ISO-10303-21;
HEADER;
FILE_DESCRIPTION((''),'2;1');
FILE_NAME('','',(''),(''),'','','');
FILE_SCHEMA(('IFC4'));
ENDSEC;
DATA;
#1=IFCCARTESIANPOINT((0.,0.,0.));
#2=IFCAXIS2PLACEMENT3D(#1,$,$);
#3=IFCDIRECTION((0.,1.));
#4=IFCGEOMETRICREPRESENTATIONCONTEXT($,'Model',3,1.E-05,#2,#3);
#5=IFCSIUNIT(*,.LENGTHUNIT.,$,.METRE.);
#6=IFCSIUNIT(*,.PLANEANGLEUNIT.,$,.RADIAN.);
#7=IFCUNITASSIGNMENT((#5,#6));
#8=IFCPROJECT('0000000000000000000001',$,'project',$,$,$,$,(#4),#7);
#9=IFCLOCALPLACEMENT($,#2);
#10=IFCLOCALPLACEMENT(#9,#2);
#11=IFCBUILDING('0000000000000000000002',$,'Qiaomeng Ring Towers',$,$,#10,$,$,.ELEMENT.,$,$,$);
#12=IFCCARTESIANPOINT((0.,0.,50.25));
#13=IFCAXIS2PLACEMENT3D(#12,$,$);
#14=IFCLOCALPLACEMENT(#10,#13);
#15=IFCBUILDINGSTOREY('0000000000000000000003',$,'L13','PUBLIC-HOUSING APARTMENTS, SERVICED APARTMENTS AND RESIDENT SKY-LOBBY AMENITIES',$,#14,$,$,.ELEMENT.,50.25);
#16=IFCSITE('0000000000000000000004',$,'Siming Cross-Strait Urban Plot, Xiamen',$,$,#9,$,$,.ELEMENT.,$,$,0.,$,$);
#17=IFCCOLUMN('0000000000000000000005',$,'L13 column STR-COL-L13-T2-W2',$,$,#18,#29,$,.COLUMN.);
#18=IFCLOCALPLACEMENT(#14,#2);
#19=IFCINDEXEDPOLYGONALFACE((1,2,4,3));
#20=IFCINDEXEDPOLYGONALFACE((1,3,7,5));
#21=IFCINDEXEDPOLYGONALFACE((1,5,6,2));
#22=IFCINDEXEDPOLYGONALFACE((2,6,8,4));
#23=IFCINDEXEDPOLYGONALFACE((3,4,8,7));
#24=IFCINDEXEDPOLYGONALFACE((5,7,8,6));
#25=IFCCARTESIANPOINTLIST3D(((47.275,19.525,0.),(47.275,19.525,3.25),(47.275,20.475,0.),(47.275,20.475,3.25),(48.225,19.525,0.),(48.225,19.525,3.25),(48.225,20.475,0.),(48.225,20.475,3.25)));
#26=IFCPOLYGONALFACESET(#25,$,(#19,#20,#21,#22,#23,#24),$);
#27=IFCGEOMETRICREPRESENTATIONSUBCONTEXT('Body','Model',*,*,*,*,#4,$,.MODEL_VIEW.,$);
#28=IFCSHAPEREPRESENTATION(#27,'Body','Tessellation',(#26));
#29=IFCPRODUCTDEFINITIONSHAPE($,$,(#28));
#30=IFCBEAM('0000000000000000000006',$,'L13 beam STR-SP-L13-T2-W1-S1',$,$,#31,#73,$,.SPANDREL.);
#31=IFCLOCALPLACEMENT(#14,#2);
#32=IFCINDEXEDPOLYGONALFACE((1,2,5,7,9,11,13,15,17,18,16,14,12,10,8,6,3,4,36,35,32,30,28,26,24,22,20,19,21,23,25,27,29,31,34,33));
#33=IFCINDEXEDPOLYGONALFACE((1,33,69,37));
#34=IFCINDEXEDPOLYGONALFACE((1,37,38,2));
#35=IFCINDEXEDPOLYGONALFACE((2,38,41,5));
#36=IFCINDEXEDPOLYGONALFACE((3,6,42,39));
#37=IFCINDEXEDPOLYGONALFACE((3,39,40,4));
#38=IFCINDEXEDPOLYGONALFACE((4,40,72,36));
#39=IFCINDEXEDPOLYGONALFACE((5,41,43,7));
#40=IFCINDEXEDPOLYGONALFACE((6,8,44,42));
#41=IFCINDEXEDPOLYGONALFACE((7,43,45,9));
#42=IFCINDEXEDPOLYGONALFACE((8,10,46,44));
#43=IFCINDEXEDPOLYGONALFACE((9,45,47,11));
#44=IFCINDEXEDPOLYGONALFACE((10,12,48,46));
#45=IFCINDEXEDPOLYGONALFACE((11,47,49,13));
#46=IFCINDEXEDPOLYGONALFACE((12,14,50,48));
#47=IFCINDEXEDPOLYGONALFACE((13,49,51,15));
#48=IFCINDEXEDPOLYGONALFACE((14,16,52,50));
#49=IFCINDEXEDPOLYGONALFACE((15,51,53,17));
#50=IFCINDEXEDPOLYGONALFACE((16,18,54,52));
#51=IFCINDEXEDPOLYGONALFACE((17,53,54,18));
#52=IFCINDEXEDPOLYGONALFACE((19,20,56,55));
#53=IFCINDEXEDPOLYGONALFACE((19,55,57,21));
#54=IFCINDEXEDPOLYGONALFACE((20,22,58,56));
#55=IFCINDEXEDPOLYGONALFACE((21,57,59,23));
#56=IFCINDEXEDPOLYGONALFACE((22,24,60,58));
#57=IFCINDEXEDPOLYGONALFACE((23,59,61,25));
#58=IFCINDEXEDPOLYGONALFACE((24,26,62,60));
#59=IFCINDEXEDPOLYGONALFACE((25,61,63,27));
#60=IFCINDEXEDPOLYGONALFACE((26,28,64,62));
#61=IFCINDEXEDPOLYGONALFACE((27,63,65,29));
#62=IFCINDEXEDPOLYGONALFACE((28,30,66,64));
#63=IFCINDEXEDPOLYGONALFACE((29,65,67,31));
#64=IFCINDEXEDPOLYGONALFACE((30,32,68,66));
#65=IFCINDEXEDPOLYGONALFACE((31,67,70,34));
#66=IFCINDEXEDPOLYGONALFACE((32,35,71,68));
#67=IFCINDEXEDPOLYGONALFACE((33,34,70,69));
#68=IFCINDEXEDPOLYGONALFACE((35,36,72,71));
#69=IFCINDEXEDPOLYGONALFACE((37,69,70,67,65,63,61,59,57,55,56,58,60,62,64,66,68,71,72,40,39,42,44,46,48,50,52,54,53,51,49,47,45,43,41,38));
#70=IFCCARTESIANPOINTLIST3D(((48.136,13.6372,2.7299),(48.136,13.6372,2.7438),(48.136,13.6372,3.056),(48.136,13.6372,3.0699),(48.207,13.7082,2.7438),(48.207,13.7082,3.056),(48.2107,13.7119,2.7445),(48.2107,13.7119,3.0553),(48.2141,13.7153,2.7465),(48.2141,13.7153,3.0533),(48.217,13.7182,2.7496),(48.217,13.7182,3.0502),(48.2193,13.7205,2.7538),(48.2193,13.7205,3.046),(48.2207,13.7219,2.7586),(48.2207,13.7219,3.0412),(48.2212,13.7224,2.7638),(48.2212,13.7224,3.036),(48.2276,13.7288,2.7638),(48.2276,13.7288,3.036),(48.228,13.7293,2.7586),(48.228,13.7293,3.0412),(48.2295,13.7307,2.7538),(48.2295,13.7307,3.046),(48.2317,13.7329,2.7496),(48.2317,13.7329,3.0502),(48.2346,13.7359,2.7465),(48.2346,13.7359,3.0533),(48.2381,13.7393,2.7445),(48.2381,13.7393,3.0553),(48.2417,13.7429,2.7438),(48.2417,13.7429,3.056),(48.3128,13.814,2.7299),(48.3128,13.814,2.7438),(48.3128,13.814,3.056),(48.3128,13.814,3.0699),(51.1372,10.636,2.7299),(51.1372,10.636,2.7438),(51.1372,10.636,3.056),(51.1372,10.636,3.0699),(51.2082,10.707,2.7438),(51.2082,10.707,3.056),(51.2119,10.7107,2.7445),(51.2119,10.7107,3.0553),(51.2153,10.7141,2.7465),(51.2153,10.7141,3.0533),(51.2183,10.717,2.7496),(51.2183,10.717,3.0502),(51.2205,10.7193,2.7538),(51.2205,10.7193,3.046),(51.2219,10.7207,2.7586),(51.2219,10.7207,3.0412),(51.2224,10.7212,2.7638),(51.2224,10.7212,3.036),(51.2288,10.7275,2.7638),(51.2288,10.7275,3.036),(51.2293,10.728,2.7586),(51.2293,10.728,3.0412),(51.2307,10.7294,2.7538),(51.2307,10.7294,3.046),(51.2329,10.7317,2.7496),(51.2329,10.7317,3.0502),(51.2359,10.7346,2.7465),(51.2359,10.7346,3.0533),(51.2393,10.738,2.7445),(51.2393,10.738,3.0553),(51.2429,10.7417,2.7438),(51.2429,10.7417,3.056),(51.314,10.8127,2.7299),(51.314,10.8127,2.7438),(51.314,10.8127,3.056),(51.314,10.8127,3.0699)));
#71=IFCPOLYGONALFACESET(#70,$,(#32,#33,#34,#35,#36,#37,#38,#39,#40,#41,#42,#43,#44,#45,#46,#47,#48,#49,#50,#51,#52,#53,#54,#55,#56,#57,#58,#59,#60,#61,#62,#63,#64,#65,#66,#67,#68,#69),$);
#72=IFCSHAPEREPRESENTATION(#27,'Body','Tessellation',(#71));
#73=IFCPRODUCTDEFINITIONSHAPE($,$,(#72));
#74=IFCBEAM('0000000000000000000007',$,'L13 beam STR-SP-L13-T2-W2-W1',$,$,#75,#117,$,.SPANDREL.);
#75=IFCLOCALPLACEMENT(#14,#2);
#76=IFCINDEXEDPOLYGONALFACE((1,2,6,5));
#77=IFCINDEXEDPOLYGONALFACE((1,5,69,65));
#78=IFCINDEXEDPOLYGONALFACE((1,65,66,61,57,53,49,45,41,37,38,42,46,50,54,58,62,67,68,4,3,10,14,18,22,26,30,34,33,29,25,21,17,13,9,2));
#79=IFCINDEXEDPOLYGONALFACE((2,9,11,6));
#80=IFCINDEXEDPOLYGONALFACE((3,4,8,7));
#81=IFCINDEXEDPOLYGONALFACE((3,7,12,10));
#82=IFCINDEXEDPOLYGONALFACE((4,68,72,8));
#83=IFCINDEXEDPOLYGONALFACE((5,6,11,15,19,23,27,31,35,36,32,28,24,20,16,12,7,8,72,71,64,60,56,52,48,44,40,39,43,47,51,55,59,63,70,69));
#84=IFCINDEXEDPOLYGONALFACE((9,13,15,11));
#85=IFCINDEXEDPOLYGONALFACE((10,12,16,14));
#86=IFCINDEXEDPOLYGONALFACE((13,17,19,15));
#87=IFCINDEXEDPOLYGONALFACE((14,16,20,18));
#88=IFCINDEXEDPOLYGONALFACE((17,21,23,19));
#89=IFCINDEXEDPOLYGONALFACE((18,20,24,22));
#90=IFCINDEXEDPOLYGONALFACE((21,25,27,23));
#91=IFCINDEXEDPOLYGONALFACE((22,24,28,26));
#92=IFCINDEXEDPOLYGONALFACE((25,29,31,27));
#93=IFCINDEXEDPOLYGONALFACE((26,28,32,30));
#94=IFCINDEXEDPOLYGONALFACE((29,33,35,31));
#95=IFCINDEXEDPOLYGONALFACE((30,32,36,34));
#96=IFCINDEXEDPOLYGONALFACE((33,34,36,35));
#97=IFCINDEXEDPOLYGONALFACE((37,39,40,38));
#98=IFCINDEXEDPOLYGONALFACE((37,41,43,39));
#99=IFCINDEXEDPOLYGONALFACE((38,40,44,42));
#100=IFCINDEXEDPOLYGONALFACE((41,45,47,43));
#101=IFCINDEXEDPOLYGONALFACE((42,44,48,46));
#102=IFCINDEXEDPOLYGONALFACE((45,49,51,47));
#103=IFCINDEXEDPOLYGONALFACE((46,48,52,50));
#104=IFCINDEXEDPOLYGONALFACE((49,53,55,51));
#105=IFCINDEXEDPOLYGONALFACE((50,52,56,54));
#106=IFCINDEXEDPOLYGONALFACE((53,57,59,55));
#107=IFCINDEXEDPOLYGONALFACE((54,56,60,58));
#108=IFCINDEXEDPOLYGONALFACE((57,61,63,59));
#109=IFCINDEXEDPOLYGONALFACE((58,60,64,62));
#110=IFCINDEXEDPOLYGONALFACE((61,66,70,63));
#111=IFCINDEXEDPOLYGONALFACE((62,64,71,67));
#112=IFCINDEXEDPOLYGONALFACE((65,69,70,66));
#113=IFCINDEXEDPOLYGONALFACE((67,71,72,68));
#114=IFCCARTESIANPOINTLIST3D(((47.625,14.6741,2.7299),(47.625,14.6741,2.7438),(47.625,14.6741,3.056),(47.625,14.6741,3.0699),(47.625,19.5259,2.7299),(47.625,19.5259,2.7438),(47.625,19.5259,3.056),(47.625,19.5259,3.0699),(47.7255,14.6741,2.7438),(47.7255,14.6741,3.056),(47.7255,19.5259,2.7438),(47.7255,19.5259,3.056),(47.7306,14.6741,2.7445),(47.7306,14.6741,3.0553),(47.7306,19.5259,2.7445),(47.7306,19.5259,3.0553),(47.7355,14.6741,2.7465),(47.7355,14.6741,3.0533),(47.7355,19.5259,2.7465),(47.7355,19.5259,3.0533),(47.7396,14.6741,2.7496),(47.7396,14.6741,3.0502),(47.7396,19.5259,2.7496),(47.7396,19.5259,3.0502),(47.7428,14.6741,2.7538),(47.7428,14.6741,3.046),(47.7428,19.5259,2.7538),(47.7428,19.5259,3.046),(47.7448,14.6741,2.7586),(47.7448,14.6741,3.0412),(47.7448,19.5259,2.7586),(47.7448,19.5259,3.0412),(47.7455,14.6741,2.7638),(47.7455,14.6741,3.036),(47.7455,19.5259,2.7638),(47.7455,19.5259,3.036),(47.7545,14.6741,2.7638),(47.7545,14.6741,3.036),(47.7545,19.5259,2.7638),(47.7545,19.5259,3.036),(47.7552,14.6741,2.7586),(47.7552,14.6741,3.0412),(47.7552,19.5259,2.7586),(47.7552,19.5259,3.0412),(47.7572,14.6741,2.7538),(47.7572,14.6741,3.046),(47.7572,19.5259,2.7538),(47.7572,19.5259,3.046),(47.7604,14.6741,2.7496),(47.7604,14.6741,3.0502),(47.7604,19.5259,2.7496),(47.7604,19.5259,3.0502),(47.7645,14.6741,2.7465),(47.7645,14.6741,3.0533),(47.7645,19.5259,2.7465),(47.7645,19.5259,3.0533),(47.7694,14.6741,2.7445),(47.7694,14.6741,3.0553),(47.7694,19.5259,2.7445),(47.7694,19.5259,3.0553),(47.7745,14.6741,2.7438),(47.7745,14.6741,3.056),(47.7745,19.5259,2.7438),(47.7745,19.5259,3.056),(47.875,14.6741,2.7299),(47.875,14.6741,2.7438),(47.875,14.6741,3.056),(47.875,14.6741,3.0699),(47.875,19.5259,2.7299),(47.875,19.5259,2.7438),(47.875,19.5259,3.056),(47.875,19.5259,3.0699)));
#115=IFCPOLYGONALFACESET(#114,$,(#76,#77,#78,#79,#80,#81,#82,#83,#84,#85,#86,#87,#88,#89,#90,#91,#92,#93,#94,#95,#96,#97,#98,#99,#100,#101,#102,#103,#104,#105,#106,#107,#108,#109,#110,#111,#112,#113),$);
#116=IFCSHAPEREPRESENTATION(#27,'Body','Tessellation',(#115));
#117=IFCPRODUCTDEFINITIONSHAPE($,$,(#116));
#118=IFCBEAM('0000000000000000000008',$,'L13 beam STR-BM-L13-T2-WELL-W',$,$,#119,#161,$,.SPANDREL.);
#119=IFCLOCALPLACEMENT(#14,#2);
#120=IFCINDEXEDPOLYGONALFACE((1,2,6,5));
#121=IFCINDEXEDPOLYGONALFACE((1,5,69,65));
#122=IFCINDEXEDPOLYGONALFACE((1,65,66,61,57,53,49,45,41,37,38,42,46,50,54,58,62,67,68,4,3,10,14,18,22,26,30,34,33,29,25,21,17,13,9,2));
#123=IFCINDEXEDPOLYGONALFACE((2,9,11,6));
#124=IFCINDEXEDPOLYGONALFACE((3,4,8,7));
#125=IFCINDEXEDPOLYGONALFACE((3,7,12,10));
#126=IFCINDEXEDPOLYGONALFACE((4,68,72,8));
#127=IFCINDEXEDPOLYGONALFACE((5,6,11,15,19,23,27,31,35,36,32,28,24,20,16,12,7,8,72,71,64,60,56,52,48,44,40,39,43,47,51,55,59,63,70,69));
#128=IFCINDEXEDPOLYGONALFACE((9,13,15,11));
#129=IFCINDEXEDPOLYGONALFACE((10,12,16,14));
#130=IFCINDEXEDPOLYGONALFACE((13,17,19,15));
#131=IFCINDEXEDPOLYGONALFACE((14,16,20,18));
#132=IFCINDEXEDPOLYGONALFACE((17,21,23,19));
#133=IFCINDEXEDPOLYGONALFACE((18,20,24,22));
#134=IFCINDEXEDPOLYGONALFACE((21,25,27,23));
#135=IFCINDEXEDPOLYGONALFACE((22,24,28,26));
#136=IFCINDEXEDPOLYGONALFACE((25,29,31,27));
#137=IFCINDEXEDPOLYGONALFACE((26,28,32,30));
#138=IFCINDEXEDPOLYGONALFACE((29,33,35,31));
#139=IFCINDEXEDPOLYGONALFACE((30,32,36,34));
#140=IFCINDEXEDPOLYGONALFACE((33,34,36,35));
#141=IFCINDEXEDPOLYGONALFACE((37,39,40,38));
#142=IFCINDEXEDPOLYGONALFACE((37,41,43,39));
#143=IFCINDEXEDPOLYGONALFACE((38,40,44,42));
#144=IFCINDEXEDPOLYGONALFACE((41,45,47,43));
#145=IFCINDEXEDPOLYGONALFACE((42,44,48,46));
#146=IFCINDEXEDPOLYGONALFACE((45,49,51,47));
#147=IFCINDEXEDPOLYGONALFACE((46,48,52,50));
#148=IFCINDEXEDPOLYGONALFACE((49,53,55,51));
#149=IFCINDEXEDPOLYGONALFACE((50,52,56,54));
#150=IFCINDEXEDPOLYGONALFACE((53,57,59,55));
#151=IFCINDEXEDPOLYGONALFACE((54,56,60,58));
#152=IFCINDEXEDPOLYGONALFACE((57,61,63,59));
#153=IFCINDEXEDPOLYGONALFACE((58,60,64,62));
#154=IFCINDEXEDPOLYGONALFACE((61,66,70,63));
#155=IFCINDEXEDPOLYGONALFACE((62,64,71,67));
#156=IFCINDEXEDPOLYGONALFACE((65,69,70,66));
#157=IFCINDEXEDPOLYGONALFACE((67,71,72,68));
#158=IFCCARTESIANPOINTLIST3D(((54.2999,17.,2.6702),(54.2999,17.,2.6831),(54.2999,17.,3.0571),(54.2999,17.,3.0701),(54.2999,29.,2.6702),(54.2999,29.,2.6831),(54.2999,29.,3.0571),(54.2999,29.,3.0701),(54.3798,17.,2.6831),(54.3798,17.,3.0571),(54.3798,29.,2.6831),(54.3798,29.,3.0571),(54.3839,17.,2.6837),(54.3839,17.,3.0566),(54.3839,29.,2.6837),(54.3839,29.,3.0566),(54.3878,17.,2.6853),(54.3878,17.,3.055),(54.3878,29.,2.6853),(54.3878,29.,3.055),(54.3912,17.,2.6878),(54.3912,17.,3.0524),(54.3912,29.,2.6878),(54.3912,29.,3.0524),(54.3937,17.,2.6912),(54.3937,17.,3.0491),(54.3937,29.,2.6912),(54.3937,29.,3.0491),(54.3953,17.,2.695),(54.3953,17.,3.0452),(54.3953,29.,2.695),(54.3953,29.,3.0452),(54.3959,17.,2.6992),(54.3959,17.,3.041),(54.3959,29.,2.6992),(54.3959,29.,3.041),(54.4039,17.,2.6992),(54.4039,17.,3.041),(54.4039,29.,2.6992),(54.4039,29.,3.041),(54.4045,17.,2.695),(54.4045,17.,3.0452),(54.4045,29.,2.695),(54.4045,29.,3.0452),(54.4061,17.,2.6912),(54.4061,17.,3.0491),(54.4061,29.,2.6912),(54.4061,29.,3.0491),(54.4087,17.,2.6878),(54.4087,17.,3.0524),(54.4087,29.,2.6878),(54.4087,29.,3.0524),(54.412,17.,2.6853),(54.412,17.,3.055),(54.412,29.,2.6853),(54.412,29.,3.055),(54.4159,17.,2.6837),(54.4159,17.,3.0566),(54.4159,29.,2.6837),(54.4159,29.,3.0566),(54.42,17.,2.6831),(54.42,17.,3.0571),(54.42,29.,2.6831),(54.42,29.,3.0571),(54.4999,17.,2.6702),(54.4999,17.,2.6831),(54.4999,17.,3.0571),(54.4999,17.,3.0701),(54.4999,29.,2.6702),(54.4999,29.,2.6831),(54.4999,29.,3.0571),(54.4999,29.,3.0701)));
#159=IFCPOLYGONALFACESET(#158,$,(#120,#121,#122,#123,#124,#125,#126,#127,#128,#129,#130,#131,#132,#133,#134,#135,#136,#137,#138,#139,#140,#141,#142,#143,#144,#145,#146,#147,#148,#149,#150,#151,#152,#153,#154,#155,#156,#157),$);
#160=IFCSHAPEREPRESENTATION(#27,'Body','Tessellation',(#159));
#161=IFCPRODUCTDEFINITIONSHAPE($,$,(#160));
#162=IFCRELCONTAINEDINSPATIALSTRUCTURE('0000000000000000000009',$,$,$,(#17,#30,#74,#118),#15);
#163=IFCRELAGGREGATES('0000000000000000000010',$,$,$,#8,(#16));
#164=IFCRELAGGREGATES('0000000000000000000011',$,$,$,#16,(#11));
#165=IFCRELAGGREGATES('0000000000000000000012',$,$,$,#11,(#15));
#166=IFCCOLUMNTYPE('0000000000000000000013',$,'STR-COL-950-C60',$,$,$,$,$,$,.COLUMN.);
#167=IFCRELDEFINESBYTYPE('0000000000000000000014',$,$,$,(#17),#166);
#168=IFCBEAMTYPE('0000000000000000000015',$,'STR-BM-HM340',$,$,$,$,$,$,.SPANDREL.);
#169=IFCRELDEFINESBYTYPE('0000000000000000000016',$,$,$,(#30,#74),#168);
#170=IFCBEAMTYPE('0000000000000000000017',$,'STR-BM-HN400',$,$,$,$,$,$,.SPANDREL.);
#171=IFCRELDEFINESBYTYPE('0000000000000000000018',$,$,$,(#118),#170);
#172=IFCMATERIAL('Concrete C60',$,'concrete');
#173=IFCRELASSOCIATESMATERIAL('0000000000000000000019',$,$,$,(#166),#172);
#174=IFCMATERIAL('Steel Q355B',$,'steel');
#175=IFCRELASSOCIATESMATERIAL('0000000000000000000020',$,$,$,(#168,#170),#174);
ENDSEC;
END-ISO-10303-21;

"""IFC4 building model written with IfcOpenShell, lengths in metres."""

from ifc_helpers import new_model, si_unit, direction, frame, origin, origin_2d, place, context, subcontext, project, spatial, rectangle, i_section, extrude, source, transform, mapped, material, material_profile, profile_set, type_object, element, save


model = new_model("IFC4")

# Units and contexts
model_context = context("Model", 3, precision=1e-05, world=origin(), true_north=direction((0.0, 1.0)))
body_context = subcontext(model_context, "Body", "Model", "MODEL_VIEW")
ifc_project = project(units=[si_unit("LENGTHUNIT", "METRE"), si_unit("PLANEANGLEUNIT", "RADIAN")], contexts=[model_context])

# Site, building, storey
site_placement = place(None, origin())
site = spatial("IfcSite", under=ifc_project, at=site_placement, Name="Siming Cross-Strait Urban Plot, Xiamen", CompositionType="ELEMENT", RefElevation=0.0)
building_placement = place(site_placement, origin())
building = spatial("IfcBuilding", under=site, at=building_placement, Name="Qiaomeng Ring Towers", CompositionType="ELEMENT")
storey_placement = place(building_placement, frame((0.0, 0.0, 50.25)))
storey = spatial("IfcBuildingStorey", under=building, at=storey_placement, Name="L13", Description="PUBLIC-HOUSING APARTMENTS, SERVICED APARTMENTS AND RESIDENT SKY-LOBBY AMENITIES", CompositionType="ELEMENT", Elevation=50.25)

# Column
ifc_material_1 = material(Name="Concrete C60", Category="concrete")
ifc_material_profile_1 = material_profile(ifc_material_1, rectangle(XDim=0.95, YDim=0.95, at=origin_2d()), Name="RC COL 950x950")
ifc_profile_set_1 = profile_set([ifc_material_profile_1], Name="Concrete C60")
column_type = type_object("IfcColumnType", Name="STR-COL-950-C60", PredefinedType="COLUMN", material=ifc_profile_set_1)
shared_shape_1 = source(origin(), body_context, "Body", "SweptSolid", [
    extrude(rectangle(XDim=0.95, YDim=0.95, at=origin_2d()), origin(), (0.0, 0.0, 1.0), 3.25),
])
column_placement = place(storey_placement, frame((47.75, 20.0, 0.0), z_axis=(0.0, 0.0, 1.0), x_axis=(1.0, 0.0, 0.0)))
element("IfcColumn", 1, at=column_placement, inside=storey, type_object=column_type, Name="L13 column STR-COL-L13-T2-W2", PredefinedType="COLUMN", context=body_context, shape_type="MappedRepresentation", body=[
    mapped(shared_shape_1, transform((0.0, 0.0, 0.0), x_axis=(1.0, 0.0, 0.0), y_axis=(0.0, 1.0, 0.0), z_axis=(0.0, 0.0, 1.0), scale=1.0)),
])

# Beams
ifc_material_2 = material(Name="Steel Q355B", Category="steel")
ifc_material_profile_2 = material_profile(ifc_material_2, i_section(OverallWidth=0.25, OverallDepth=0.3401, WebThickness=0.009, FlangeThickness=0.0139, FilletRadius=0.02, at=origin_2d()), Name="HM 340x250x9x14")
ifc_profile_set_2 = profile_set([ifc_material_profile_2], Name="Steel Q355B")
beam_type_1 = type_object("IfcBeamType", Name="STR-BM-HM340", PredefinedType="SPANDREL", material=ifc_profile_set_2)
shared_shape_2 = source(origin(), body_context, "Body", "SweptSolid", [
    extrude(i_section(OverallWidth=0.25, OverallDepth=0.3401, WebThickness=0.009, FlangeThickness=0.0139, FilletRadius=0.02, at=origin_2d()), origin(), (0.0, 0.0, 1.0), 4.2444),
])
beam_1_placement = place(storey_placement, frame((48.2244, 13.7256, 2.8999), z_axis=(0.707107, -0.707107, 0.0), x_axis=(0.707107, 0.707107, 0.0)))
element("IfcBeam", 2, at=beam_1_placement, inside=storey, type_object=beam_type_1, Name="L13 beam STR-SP-L13-T2-W1-S1", PredefinedType="SPANDREL", context=body_context, shape_type="MappedRepresentation", body=[
    mapped(shared_shape_2, transform((0.0, 0.0, 0.0), x_axis=(1.0, 0.0, 0.0), y_axis=(0.0, 1.0, 0.0), z_axis=(0.0, 0.0, 1.0), scale=1.0)),
])
shared_shape_3 = source(origin(), body_context, "Body", "SweptSolid", [
    extrude(i_section(OverallWidth=0.25, OverallDepth=0.3401, WebThickness=0.009, FlangeThickness=0.0139, FilletRadius=0.02, at=origin_2d()), origin(), (0.0, 0.0, 1.0), 4.8518),
])
beam_2_placement = place(storey_placement, frame((47.75, 19.5259, 2.8999), z_axis=(0.0, -1.0, 0.0), x_axis=(1.0, 0.0, 0.0)))
element("IfcBeam", 3, at=beam_2_placement, inside=storey, type_object=beam_type_1, Name="L13 beam STR-SP-L13-T2-W2-W1", PredefinedType="SPANDREL", context=body_context, shape_type="MappedRepresentation", body=[
    mapped(shared_shape_3, transform((0.0, 0.0, 0.0), x_axis=(1.0, 0.0, 0.0), y_axis=(0.0, 1.0, 0.0), z_axis=(0.0, 0.0, 1.0), scale=1.0)),
])
ifc_material_profile_3 = material_profile(ifc_material_2, i_section(OverallWidth=0.2, OverallDepth=0.3999, WebThickness=0.0081, FlangeThickness=0.0129, FilletRadius=0.0161, at=origin_2d()), Name="HN 400x200x8x13")
ifc_profile_set_3 = profile_set([ifc_material_profile_3], Name="Steel Q355B")
beam_type_2 = type_object("IfcBeamType", Name="STR-BM-HN400", PredefinedType="SPANDREL", material=ifc_profile_set_3)
shared_shape_4 = source(origin(), body_context, "Body", "SweptSolid", [
    extrude(i_section(OverallWidth=0.2, OverallDepth=0.3999, WebThickness=0.0081, FlangeThickness=0.0129, FilletRadius=0.0161, at=origin_2d()), origin(), (0.0, 0.0, 1.0), 12.0),
])
beam_3_placement = place(storey_placement, frame((54.3999, 17.0, 2.8701), z_axis=(0.0, 1.0, 0.0), x_axis=(-1.0, 0.0, 0.0)))
element("IfcBeam", 4, at=beam_3_placement, inside=storey, type_object=beam_type_2, Name="L13 beam STR-BM-L13-T2-WELL-W", PredefinedType="SPANDREL", context=body_context, shape_type="MappedRepresentation", body=[
    mapped(shared_shape_4, transform((0.0, 0.0, 0.0), x_axis=(1.0, 0.0, 0.0), y_axis=(0.0, 1.0, 0.0), z_axis=(0.0, 0.0, 1.0), scale=1.0)),
])

save(model, "model.ifc")
